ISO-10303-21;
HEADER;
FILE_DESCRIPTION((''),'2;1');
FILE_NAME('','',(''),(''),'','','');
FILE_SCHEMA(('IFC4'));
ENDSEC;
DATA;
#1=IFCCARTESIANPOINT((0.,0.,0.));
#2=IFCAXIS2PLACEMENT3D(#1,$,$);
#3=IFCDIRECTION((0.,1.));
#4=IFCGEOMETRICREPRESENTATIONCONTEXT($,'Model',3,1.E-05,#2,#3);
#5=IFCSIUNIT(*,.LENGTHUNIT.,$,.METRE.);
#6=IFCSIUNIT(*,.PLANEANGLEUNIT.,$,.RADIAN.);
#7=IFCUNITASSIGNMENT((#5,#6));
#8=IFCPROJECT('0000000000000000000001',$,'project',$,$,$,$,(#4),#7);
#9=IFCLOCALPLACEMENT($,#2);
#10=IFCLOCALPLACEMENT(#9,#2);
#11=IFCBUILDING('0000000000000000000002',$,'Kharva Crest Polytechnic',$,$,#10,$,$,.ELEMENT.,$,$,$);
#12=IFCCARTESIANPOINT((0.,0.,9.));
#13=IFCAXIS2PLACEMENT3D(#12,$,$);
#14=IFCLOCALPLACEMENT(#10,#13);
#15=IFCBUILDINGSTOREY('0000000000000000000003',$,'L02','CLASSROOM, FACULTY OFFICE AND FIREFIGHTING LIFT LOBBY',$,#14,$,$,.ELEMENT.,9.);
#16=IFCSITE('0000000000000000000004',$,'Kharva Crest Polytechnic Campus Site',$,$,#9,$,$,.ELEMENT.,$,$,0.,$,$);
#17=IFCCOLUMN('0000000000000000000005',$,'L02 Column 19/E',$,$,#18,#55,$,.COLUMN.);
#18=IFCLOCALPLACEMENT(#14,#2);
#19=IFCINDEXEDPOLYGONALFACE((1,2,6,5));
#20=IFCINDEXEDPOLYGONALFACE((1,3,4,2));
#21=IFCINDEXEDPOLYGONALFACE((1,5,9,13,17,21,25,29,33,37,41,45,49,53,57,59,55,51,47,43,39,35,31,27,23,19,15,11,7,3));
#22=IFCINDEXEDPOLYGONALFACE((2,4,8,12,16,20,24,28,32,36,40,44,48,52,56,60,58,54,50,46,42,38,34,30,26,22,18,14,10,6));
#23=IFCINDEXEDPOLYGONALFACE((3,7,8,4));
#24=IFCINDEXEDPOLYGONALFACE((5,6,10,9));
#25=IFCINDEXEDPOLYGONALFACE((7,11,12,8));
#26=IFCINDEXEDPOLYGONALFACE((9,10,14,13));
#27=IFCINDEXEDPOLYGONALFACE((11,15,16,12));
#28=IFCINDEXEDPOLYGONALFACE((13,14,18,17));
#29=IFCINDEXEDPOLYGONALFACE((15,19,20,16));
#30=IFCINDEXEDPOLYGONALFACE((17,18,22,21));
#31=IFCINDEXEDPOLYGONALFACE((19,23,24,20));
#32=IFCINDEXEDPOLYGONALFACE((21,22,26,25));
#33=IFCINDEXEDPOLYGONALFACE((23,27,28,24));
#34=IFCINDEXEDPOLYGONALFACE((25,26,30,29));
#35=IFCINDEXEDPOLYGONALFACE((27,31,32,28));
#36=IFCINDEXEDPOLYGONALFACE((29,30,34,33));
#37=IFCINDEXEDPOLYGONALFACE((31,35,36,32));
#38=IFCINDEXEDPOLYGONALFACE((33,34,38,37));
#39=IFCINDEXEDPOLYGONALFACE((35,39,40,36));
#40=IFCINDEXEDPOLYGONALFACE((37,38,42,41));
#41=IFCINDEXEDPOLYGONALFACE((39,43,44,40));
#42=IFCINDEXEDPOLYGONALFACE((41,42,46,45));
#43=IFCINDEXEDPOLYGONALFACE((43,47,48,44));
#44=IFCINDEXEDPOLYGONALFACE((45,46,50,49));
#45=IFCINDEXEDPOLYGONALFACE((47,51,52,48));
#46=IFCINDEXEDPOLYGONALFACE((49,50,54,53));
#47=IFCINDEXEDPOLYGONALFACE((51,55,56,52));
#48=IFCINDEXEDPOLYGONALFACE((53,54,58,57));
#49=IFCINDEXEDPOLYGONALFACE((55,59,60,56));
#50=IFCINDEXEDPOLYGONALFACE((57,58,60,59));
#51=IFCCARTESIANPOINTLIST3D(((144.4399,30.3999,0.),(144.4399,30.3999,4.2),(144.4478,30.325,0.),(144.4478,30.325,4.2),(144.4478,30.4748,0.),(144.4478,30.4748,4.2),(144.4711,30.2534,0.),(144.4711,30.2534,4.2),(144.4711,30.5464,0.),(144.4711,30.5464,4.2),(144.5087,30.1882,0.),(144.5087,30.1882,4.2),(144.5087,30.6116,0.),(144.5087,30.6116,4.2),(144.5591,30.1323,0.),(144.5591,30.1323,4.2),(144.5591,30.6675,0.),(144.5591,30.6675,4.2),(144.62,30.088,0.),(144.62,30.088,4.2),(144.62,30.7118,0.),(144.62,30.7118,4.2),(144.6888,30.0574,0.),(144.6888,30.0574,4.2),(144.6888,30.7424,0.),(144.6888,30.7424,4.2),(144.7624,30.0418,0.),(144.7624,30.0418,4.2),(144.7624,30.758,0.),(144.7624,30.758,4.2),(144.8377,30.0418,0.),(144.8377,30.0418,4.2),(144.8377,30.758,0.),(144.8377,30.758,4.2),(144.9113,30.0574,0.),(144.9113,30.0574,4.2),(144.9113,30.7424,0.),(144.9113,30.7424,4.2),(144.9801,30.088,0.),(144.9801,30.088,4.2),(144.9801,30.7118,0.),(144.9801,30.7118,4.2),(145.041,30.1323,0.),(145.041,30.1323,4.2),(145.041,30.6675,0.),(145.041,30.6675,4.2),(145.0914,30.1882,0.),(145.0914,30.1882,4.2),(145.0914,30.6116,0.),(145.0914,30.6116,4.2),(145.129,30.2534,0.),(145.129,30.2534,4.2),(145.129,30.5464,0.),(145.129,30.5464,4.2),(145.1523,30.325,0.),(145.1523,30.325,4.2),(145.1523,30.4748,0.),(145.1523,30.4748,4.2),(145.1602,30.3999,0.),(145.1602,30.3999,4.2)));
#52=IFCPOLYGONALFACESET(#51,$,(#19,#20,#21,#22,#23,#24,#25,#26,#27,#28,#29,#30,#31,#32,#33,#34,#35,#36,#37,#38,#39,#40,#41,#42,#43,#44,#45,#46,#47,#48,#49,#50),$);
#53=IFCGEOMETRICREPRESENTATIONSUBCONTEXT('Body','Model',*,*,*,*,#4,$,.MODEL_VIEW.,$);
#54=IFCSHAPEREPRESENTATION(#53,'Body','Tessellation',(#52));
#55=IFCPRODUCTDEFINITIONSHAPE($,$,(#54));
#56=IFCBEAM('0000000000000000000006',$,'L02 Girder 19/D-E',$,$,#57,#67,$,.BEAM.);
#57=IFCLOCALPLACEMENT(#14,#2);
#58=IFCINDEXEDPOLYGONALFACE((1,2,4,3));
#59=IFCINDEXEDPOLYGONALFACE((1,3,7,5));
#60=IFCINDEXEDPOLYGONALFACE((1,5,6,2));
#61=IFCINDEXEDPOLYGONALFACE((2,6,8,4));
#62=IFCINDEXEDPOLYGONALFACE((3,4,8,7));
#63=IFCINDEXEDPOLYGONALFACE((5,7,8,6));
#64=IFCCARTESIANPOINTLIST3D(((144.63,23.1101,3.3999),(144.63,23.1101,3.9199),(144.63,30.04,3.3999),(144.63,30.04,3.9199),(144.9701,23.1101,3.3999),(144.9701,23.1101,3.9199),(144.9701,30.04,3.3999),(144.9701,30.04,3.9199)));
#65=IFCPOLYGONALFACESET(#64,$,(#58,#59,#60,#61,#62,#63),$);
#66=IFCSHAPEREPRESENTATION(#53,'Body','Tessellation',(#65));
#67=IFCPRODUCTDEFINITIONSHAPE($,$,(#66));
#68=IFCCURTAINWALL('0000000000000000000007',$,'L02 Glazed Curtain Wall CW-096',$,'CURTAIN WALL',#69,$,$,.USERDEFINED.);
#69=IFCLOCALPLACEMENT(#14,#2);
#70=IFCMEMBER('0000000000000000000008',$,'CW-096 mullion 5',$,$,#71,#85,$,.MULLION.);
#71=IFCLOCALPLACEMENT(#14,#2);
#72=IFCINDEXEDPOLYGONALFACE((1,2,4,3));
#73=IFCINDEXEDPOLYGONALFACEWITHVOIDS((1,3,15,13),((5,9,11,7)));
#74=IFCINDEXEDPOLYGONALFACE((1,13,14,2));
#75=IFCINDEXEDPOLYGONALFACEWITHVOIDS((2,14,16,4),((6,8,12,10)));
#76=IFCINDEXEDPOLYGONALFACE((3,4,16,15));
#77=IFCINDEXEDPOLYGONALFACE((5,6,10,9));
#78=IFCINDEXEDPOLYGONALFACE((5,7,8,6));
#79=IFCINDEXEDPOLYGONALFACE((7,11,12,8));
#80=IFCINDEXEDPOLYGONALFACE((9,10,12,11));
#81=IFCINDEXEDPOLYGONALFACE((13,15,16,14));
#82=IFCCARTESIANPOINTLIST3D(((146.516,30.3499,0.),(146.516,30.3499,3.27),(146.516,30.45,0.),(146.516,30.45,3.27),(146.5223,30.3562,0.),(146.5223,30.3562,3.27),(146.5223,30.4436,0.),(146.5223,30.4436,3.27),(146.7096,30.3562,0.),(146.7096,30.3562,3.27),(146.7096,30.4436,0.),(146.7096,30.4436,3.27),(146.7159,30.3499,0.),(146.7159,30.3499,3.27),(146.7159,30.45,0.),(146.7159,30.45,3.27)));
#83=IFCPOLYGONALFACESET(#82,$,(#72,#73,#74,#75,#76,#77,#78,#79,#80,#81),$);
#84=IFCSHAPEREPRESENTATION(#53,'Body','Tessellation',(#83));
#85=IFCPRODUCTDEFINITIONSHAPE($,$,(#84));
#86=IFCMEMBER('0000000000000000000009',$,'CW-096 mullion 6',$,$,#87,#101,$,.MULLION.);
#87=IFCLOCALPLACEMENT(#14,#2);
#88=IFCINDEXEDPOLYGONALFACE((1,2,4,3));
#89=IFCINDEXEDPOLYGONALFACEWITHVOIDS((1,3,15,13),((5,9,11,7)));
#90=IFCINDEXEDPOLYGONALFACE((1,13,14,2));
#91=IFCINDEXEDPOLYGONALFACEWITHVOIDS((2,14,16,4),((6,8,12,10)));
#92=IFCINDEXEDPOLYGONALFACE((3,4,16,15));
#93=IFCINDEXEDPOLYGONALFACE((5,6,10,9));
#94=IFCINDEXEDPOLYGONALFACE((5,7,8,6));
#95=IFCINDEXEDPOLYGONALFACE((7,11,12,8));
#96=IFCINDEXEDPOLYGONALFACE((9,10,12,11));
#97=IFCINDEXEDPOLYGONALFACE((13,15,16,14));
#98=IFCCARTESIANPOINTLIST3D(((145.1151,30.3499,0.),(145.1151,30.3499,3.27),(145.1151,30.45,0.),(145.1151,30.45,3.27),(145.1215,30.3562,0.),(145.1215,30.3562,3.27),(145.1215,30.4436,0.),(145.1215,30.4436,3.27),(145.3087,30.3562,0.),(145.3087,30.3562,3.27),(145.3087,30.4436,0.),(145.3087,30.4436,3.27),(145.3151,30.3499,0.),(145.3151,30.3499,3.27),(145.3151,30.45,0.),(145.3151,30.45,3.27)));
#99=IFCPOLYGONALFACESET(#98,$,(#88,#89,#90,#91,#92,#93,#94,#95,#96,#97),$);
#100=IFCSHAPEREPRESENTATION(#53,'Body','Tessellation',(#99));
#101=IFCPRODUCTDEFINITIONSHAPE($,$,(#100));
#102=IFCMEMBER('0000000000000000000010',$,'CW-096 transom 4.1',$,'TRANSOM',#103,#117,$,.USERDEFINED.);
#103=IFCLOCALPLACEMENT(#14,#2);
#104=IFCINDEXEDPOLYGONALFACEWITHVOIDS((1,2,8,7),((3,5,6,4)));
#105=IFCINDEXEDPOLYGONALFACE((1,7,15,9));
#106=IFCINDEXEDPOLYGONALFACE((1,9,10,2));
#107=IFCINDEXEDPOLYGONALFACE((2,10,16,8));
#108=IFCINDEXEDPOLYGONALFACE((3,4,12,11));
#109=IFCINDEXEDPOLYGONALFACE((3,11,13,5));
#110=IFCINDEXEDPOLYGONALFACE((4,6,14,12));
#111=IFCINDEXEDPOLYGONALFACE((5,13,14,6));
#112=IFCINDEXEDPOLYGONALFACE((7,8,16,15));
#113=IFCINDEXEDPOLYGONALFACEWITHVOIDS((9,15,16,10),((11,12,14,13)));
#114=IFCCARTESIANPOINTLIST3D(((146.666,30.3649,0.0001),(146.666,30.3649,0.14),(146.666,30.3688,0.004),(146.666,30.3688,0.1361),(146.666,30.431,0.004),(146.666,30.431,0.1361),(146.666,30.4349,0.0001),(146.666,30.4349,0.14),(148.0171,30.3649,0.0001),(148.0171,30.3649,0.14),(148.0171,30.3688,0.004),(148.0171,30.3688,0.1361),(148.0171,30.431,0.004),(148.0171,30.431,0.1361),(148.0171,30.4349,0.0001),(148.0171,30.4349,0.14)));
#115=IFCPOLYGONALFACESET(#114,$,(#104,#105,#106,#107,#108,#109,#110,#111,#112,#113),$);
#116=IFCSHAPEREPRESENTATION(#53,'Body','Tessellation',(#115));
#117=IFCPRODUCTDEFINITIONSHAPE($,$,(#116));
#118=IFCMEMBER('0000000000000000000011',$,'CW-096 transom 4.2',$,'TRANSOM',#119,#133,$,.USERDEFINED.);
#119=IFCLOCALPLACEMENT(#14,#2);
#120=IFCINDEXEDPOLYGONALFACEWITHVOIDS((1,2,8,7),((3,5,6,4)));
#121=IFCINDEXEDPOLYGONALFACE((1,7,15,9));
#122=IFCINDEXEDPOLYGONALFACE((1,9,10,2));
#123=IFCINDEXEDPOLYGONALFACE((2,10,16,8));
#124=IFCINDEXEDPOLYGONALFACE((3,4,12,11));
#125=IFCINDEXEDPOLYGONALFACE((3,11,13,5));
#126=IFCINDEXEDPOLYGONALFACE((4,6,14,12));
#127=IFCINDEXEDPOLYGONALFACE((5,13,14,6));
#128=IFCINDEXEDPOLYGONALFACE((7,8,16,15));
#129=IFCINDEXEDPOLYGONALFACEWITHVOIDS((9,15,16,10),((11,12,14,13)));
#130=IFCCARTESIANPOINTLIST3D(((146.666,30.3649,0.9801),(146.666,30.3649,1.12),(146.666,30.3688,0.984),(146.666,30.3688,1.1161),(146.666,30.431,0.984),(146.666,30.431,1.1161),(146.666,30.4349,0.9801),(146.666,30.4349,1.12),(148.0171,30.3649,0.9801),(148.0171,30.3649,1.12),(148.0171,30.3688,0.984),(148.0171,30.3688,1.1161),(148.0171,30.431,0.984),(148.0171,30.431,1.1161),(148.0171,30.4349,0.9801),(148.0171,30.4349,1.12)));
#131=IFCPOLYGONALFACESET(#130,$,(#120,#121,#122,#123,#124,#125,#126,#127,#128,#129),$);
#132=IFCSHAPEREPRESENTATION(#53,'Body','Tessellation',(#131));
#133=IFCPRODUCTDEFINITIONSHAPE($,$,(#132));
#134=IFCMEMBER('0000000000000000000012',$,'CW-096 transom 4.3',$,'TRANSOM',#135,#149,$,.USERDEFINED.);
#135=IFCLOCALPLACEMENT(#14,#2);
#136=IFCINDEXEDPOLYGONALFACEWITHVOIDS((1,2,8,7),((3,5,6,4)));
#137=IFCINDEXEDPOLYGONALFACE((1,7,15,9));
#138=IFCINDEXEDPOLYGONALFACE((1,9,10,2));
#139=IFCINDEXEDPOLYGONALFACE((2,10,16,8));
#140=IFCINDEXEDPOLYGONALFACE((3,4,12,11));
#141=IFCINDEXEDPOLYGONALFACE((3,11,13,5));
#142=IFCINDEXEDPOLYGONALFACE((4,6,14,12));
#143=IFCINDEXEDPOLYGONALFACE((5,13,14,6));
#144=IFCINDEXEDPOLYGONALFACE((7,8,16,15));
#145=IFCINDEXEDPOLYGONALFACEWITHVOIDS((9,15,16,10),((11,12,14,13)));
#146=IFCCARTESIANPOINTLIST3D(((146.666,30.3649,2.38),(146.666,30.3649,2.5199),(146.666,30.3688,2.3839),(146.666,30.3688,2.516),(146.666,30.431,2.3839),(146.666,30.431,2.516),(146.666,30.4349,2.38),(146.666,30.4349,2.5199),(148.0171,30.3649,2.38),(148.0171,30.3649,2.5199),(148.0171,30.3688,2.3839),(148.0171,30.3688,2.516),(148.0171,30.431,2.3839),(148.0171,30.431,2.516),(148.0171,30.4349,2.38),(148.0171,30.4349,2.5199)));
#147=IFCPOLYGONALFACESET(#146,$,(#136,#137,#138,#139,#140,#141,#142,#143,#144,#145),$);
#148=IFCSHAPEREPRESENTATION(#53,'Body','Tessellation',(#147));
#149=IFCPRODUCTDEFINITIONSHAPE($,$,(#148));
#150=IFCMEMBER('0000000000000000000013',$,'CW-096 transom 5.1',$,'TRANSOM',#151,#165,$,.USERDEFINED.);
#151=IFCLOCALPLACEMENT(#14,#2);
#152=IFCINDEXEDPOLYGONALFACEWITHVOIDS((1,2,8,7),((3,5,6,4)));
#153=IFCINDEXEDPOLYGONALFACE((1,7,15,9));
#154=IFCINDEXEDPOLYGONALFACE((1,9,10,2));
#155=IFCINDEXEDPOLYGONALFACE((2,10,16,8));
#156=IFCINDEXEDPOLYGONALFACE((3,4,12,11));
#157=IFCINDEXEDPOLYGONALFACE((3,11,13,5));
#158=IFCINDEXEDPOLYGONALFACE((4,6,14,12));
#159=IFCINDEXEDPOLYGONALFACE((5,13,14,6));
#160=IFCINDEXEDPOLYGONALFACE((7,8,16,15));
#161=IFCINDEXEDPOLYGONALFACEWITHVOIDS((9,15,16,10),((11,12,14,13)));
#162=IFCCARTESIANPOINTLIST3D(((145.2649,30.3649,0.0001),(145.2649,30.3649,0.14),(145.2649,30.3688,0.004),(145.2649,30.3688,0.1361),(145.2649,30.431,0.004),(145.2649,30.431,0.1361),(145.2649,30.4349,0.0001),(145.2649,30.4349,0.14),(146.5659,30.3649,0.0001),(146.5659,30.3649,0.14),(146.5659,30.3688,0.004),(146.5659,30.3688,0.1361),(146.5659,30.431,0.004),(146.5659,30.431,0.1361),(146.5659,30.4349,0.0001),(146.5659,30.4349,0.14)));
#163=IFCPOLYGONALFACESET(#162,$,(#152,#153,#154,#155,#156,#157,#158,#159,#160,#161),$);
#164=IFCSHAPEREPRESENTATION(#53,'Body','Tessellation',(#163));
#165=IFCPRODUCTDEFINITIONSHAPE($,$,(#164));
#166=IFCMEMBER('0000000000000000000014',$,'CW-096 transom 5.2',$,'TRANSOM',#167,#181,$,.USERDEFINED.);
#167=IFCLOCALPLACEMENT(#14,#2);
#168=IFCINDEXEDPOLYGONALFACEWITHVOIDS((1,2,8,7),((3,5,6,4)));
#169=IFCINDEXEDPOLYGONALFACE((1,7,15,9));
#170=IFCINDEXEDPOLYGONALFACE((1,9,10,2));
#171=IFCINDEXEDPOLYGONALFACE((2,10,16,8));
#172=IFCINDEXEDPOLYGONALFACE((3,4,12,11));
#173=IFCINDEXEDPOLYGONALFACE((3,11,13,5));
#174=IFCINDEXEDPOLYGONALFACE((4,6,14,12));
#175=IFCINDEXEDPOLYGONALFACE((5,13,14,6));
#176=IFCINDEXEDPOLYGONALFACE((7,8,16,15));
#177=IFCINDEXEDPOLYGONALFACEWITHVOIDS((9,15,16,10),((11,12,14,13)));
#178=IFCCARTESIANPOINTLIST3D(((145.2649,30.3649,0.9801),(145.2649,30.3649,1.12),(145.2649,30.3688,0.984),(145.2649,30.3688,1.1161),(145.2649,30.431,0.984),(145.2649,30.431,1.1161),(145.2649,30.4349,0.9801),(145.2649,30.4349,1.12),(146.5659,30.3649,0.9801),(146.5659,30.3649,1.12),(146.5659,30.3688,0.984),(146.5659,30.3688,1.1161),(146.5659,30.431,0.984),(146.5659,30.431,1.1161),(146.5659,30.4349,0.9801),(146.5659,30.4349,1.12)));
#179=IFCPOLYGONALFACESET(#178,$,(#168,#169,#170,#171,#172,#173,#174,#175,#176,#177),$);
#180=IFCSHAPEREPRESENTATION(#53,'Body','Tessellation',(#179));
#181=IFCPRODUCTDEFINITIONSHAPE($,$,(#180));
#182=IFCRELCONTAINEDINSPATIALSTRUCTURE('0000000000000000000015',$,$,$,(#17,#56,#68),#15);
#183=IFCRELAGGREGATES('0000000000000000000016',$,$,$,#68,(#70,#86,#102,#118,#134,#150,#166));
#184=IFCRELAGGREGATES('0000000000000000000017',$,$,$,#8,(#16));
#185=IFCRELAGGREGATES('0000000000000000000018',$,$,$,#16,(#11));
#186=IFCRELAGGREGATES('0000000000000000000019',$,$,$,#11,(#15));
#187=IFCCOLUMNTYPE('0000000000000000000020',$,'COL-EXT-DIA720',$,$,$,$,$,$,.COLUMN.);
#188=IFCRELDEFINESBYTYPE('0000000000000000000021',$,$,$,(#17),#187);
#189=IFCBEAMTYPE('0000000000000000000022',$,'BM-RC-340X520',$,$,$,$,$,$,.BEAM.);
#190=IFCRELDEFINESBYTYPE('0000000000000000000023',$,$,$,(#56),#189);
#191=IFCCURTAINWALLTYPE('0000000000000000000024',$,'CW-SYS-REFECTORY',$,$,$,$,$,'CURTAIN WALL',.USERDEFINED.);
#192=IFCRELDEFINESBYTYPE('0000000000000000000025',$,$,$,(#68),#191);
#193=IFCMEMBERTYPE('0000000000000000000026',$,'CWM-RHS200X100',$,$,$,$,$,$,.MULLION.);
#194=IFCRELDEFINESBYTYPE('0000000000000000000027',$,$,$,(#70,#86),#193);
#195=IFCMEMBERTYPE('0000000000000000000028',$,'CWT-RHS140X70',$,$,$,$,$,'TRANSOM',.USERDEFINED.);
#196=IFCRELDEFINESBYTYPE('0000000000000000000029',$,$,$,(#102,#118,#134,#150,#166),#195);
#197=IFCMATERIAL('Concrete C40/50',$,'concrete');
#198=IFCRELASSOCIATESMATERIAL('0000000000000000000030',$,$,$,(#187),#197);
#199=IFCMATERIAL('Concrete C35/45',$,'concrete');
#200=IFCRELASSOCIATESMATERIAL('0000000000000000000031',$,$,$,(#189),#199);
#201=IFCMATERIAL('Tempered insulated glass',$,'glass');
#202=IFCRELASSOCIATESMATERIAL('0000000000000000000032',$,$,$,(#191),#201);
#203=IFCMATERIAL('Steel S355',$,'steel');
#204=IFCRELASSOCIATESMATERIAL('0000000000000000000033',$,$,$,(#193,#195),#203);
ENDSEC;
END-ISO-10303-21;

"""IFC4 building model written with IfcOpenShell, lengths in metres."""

from ifc_helpers import new_model, si_unit, direction, frame, origin, origin_2d, place, context, subcontext, project, spatial, rectangle, hollow_rectangle, circle, extrude, material, material_profile, profile_set, type_object, element, aggregate, save


model = new_model("IFC4")

# Units and contexts
model_context = context("Model", 3, precision=1e-05, world=origin(), true_north=direction((0.0, 1.0)))
body_context = subcontext(model_context, "Body", "Model", "MODEL_VIEW")
ifc_project = project(units=[si_unit("LENGTHUNIT", "METRE"), si_unit("PLANEANGLEUNIT", "RADIAN")], contexts=[model_context])

# Site, building, storey
site_placement = place(None, origin())
site = spatial("IfcSite", under=ifc_project, at=site_placement, Name="Kharva Crest Polytechnic Campus Site", CompositionType="ELEMENT", RefElevation=0.0)
building_placement = place(site_placement, origin())
building = spatial("IfcBuilding", under=site, at=building_placement, Name="Kharva Crest Polytechnic", CompositionType="ELEMENT")
storey_placement = place(building_placement, frame((0.0, 0.0, 9.0)))
storey = spatial("IfcBuildingStorey", under=building, at=storey_placement, Name="L02", Description="CLASSROOM, FACULTY OFFICE AND FIREFIGHTING LIFT LOBBY", CompositionType="ELEMENT", Elevation=9.0)

# Column
ifc_material_1 = material(Name="Concrete C40/50", Category="concrete")
ifc_material_profile_1 = material_profile(ifc_material_1, circle(Radius=0.3601, at=origin_2d()), Name="DIA 720")
ifc_profile_set_1 = profile_set([ifc_material_profile_1], Name="Concrete C40/50")
column_type = type_object("IfcColumnType", Name="COL-EXT-DIA720", PredefinedType="COLUMN", material=ifc_profile_set_1)
column_placement = place(storey_placement, frame((144.8, 30.3999, 0.0), z_axis=(0.0, 0.0, 1.0), x_axis=(1.0, 0.0, 0.0)))
element("IfcColumn", 1, at=column_placement, inside=storey, type_object=column_type, Name="L02 Column 19/E", PredefinedType="COLUMN", context=body_context, shape_type="SweptSolid", body=[
    extrude(circle(Radius=0.3601, at=origin_2d()), origin(), (0.0, 0.0, 1.0), 4.2),
])

# Beam
ifc_material_2 = material(Name="Concrete C35/45", Category="concrete")
ifc_material_profile_2 = material_profile(ifc_material_2, rectangle(XDim=0.3401, YDim=0.52, at=origin_2d()), Name="RECT 340 X 520")
ifc_profile_set_2 = profile_set([ifc_material_profile_2], Name="Concrete C35/45")
beam_type_1 = type_object("IfcBeamType", Name="BM-RC-340X520", PredefinedType="BEAM", material=ifc_profile_set_2)
beam_1_placement = place(storey_placement, frame((144.8, 23.1101, 3.6599), z_axis=(0.0, 1.0, 0.0), x_axis=(-1.0, 0.0, 0.0)))
element("IfcBeam", 2, at=beam_1_placement, inside=storey, type_object=beam_type_1, Name="L02 Girder 19/D-E", PredefinedType="BEAM", context=body_context, shape_type="SweptSolid", body=[
    extrude(rectangle(XDim=0.3401, YDim=0.52, at=origin_2d()), origin(), (0.0, 0.0, 1.0), 6.9299),
])

# Curtain wall, members
ifc_material_3 = material(Name="Tempered insulated glass", Category="glass")
curtain_wall_type = type_object("IfcCurtainWallType", Name="CW-SYS-REFECTORY", ElementType="CURTAIN WALL", PredefinedType="USERDEFINED", material=ifc_material_3)
curtain_wall_placement = place(storey_placement, origin())
curtain_wall = element("IfcCurtainWall", 3, at=curtain_wall_placement, inside=storey, type_object=curtain_wall_type, Name="L02 Glazed Curtain Wall CW-096", ObjectType="CURTAIN WALL", PredefinedType="USERDEFINED")
ifc_material_4 = material(Name="Steel S355", Category="steel")
ifc_material_profile_3 = material_profile(ifc_material_4, hollow_rectangle(XDim=0.1001, YDim=0.2, WallThickness=0.0063, at=origin_2d()), Name="RHS 200X100X6.3")
ifc_profile_set_3 = profile_set([ifc_material_profile_3], Name="Steel S355")
member_type_1 = type_object("IfcMemberType", Name="CWM-RHS200X100", PredefinedType="MULLION", material=ifc_profile_set_3)
member_1_placement = place(storey_placement, frame((146.616, 30.3999, 0.0), z_axis=(0.0, 0.0, 1.0), x_axis=(0.0, -1.0, 0.0)))
member_1 = element("IfcMember", 4, at=member_1_placement, type_object=member_type_1, Name="CW-096 mullion 5", PredefinedType="MULLION", context=body_context, shape_type="SweptSolid", body=[
    extrude(hollow_rectangle(XDim=0.1001, YDim=0.2, WallThickness=0.0063, at=origin_2d()), origin(), (0.0, 0.0, 1.0), 3.27),
])
member_2_placement = place(storey_placement, frame((145.2151, 30.3999, 0.0), z_axis=(0.0, 0.0, 1.0), x_axis=(0.0, -1.0, 0.0)))
member_2 = element("IfcMember", 5, at=member_2_placement, type_object=member_type_1, Name="CW-096 mullion 6", PredefinedType="MULLION", context=body_context, shape_type="SweptSolid", body=[
    extrude(hollow_rectangle(XDim=0.1001, YDim=0.2, WallThickness=0.0063, at=origin_2d()), origin(), (0.0, 0.0, 1.0), 3.27),
])
ifc_material_profile_4 = material_profile(ifc_material_4, hollow_rectangle(XDim=0.0701, YDim=0.1399, WallThickness=0.0039, at=origin_2d()), Name="RHS 140X70X4.0")
ifc_profile_set_4 = profile_set([ifc_material_profile_4], Name="Steel S355")
member_type_2 = type_object("IfcMemberType", Name="CWT-RHS140X70", ElementType="TRANSOM", PredefinedType="USERDEFINED", material=ifc_profile_set_4)
member_3_placement = place(storey_placement, frame((148.0171, 30.3999, 0.0701), z_axis=(-1.0, 0.0, 0.0), x_axis=(0.0, -1.0, 0.0)))
member_3 = element("IfcMember", 6, at=member_3_placement, type_object=member_type_2, Name="CW-096 transom 4.1", ObjectType="TRANSOM", PredefinedType="USERDEFINED", context=body_context, shape_type="SweptSolid", body=[
    extrude(hollow_rectangle(XDim=0.0701, YDim=0.1399, WallThickness=0.0039, at=origin_2d()), origin(), (0.0, 0.0, 1.0), 1.3511),
])
member_4_placement = place(storey_placement, frame((148.0171, 30.3999, 1.05), z_axis=(-1.0, 0.0, 0.0), x_axis=(0.0, -1.0, 0.0)))
member_4 = element("IfcMember", 7, at=member_4_placement, type_object=member_type_2, Name="CW-096 transom 4.2", ObjectType="TRANSOM", PredefinedType="USERDEFINED", context=body_context, shape_type="SweptSolid", body=[
    extrude(hollow_rectangle(XDim=0.0701, YDim=0.1399, WallThickness=0.0039, at=origin_2d()), origin(), (0.0, 0.0, 1.0), 1.3511),
])
member_5_placement = place(storey_placement, frame((148.0171, 30.3999, 2.45), z_axis=(-1.0, 0.0, 0.0), x_axis=(0.0, -1.0, 0.0)))
member_5 = element("IfcMember", 8, at=member_5_placement, type_object=member_type_2, Name="CW-096 transom 4.3", ObjectType="TRANSOM", PredefinedType="USERDEFINED", context=body_context, shape_type="SweptSolid", body=[
    extrude(hollow_rectangle(XDim=0.0701, YDim=0.1399, WallThickness=0.0039, at=origin_2d()), origin(), (0.0, 0.0, 1.0), 1.3511),
])
member_6_placement = place(storey_placement, frame((146.5659, 30.3999, 0.0701), z_axis=(-1.0, 0.0, 0.0), x_axis=(0.0, -1.0, 0.0)))
member_6 = element("IfcMember", 9, at=member_6_placement, type_object=member_type_2, Name="CW-096 transom 5.1", ObjectType="TRANSOM", PredefinedType="USERDEFINED", context=body_context, shape_type="SweptSolid", body=[
    extrude(hollow_rectangle(XDim=0.0701, YDim=0.1399, WallThickness=0.0039, at=origin_2d()), origin(), (0.0, 0.0, 1.0), 1.301),
])
member_7_placement = place(storey_placement, frame((146.5659, 30.3999, 1.05), z_axis=(-1.0, 0.0, 0.0), x_axis=(0.0, -1.0, 0.0)))
member_7 = element("IfcMember", 10, at=member_7_placement, type_object=member_type_2, Name="CW-096 transom 5.2", ObjectType="TRANSOM", PredefinedType="USERDEFINED", context=body_context, shape_type="SweptSolid", body=[
    extrude(hollow_rectangle(XDim=0.0701, YDim=0.1399, WallThickness=0.0039, at=origin_2d()), origin(), (0.0, 0.0, 1.0), 1.301),
])

aggregate(curtain_wall, [member_1, member_2, member_3, member_4, member_5, member_6, member_7])

save(model, "model.ifc")
